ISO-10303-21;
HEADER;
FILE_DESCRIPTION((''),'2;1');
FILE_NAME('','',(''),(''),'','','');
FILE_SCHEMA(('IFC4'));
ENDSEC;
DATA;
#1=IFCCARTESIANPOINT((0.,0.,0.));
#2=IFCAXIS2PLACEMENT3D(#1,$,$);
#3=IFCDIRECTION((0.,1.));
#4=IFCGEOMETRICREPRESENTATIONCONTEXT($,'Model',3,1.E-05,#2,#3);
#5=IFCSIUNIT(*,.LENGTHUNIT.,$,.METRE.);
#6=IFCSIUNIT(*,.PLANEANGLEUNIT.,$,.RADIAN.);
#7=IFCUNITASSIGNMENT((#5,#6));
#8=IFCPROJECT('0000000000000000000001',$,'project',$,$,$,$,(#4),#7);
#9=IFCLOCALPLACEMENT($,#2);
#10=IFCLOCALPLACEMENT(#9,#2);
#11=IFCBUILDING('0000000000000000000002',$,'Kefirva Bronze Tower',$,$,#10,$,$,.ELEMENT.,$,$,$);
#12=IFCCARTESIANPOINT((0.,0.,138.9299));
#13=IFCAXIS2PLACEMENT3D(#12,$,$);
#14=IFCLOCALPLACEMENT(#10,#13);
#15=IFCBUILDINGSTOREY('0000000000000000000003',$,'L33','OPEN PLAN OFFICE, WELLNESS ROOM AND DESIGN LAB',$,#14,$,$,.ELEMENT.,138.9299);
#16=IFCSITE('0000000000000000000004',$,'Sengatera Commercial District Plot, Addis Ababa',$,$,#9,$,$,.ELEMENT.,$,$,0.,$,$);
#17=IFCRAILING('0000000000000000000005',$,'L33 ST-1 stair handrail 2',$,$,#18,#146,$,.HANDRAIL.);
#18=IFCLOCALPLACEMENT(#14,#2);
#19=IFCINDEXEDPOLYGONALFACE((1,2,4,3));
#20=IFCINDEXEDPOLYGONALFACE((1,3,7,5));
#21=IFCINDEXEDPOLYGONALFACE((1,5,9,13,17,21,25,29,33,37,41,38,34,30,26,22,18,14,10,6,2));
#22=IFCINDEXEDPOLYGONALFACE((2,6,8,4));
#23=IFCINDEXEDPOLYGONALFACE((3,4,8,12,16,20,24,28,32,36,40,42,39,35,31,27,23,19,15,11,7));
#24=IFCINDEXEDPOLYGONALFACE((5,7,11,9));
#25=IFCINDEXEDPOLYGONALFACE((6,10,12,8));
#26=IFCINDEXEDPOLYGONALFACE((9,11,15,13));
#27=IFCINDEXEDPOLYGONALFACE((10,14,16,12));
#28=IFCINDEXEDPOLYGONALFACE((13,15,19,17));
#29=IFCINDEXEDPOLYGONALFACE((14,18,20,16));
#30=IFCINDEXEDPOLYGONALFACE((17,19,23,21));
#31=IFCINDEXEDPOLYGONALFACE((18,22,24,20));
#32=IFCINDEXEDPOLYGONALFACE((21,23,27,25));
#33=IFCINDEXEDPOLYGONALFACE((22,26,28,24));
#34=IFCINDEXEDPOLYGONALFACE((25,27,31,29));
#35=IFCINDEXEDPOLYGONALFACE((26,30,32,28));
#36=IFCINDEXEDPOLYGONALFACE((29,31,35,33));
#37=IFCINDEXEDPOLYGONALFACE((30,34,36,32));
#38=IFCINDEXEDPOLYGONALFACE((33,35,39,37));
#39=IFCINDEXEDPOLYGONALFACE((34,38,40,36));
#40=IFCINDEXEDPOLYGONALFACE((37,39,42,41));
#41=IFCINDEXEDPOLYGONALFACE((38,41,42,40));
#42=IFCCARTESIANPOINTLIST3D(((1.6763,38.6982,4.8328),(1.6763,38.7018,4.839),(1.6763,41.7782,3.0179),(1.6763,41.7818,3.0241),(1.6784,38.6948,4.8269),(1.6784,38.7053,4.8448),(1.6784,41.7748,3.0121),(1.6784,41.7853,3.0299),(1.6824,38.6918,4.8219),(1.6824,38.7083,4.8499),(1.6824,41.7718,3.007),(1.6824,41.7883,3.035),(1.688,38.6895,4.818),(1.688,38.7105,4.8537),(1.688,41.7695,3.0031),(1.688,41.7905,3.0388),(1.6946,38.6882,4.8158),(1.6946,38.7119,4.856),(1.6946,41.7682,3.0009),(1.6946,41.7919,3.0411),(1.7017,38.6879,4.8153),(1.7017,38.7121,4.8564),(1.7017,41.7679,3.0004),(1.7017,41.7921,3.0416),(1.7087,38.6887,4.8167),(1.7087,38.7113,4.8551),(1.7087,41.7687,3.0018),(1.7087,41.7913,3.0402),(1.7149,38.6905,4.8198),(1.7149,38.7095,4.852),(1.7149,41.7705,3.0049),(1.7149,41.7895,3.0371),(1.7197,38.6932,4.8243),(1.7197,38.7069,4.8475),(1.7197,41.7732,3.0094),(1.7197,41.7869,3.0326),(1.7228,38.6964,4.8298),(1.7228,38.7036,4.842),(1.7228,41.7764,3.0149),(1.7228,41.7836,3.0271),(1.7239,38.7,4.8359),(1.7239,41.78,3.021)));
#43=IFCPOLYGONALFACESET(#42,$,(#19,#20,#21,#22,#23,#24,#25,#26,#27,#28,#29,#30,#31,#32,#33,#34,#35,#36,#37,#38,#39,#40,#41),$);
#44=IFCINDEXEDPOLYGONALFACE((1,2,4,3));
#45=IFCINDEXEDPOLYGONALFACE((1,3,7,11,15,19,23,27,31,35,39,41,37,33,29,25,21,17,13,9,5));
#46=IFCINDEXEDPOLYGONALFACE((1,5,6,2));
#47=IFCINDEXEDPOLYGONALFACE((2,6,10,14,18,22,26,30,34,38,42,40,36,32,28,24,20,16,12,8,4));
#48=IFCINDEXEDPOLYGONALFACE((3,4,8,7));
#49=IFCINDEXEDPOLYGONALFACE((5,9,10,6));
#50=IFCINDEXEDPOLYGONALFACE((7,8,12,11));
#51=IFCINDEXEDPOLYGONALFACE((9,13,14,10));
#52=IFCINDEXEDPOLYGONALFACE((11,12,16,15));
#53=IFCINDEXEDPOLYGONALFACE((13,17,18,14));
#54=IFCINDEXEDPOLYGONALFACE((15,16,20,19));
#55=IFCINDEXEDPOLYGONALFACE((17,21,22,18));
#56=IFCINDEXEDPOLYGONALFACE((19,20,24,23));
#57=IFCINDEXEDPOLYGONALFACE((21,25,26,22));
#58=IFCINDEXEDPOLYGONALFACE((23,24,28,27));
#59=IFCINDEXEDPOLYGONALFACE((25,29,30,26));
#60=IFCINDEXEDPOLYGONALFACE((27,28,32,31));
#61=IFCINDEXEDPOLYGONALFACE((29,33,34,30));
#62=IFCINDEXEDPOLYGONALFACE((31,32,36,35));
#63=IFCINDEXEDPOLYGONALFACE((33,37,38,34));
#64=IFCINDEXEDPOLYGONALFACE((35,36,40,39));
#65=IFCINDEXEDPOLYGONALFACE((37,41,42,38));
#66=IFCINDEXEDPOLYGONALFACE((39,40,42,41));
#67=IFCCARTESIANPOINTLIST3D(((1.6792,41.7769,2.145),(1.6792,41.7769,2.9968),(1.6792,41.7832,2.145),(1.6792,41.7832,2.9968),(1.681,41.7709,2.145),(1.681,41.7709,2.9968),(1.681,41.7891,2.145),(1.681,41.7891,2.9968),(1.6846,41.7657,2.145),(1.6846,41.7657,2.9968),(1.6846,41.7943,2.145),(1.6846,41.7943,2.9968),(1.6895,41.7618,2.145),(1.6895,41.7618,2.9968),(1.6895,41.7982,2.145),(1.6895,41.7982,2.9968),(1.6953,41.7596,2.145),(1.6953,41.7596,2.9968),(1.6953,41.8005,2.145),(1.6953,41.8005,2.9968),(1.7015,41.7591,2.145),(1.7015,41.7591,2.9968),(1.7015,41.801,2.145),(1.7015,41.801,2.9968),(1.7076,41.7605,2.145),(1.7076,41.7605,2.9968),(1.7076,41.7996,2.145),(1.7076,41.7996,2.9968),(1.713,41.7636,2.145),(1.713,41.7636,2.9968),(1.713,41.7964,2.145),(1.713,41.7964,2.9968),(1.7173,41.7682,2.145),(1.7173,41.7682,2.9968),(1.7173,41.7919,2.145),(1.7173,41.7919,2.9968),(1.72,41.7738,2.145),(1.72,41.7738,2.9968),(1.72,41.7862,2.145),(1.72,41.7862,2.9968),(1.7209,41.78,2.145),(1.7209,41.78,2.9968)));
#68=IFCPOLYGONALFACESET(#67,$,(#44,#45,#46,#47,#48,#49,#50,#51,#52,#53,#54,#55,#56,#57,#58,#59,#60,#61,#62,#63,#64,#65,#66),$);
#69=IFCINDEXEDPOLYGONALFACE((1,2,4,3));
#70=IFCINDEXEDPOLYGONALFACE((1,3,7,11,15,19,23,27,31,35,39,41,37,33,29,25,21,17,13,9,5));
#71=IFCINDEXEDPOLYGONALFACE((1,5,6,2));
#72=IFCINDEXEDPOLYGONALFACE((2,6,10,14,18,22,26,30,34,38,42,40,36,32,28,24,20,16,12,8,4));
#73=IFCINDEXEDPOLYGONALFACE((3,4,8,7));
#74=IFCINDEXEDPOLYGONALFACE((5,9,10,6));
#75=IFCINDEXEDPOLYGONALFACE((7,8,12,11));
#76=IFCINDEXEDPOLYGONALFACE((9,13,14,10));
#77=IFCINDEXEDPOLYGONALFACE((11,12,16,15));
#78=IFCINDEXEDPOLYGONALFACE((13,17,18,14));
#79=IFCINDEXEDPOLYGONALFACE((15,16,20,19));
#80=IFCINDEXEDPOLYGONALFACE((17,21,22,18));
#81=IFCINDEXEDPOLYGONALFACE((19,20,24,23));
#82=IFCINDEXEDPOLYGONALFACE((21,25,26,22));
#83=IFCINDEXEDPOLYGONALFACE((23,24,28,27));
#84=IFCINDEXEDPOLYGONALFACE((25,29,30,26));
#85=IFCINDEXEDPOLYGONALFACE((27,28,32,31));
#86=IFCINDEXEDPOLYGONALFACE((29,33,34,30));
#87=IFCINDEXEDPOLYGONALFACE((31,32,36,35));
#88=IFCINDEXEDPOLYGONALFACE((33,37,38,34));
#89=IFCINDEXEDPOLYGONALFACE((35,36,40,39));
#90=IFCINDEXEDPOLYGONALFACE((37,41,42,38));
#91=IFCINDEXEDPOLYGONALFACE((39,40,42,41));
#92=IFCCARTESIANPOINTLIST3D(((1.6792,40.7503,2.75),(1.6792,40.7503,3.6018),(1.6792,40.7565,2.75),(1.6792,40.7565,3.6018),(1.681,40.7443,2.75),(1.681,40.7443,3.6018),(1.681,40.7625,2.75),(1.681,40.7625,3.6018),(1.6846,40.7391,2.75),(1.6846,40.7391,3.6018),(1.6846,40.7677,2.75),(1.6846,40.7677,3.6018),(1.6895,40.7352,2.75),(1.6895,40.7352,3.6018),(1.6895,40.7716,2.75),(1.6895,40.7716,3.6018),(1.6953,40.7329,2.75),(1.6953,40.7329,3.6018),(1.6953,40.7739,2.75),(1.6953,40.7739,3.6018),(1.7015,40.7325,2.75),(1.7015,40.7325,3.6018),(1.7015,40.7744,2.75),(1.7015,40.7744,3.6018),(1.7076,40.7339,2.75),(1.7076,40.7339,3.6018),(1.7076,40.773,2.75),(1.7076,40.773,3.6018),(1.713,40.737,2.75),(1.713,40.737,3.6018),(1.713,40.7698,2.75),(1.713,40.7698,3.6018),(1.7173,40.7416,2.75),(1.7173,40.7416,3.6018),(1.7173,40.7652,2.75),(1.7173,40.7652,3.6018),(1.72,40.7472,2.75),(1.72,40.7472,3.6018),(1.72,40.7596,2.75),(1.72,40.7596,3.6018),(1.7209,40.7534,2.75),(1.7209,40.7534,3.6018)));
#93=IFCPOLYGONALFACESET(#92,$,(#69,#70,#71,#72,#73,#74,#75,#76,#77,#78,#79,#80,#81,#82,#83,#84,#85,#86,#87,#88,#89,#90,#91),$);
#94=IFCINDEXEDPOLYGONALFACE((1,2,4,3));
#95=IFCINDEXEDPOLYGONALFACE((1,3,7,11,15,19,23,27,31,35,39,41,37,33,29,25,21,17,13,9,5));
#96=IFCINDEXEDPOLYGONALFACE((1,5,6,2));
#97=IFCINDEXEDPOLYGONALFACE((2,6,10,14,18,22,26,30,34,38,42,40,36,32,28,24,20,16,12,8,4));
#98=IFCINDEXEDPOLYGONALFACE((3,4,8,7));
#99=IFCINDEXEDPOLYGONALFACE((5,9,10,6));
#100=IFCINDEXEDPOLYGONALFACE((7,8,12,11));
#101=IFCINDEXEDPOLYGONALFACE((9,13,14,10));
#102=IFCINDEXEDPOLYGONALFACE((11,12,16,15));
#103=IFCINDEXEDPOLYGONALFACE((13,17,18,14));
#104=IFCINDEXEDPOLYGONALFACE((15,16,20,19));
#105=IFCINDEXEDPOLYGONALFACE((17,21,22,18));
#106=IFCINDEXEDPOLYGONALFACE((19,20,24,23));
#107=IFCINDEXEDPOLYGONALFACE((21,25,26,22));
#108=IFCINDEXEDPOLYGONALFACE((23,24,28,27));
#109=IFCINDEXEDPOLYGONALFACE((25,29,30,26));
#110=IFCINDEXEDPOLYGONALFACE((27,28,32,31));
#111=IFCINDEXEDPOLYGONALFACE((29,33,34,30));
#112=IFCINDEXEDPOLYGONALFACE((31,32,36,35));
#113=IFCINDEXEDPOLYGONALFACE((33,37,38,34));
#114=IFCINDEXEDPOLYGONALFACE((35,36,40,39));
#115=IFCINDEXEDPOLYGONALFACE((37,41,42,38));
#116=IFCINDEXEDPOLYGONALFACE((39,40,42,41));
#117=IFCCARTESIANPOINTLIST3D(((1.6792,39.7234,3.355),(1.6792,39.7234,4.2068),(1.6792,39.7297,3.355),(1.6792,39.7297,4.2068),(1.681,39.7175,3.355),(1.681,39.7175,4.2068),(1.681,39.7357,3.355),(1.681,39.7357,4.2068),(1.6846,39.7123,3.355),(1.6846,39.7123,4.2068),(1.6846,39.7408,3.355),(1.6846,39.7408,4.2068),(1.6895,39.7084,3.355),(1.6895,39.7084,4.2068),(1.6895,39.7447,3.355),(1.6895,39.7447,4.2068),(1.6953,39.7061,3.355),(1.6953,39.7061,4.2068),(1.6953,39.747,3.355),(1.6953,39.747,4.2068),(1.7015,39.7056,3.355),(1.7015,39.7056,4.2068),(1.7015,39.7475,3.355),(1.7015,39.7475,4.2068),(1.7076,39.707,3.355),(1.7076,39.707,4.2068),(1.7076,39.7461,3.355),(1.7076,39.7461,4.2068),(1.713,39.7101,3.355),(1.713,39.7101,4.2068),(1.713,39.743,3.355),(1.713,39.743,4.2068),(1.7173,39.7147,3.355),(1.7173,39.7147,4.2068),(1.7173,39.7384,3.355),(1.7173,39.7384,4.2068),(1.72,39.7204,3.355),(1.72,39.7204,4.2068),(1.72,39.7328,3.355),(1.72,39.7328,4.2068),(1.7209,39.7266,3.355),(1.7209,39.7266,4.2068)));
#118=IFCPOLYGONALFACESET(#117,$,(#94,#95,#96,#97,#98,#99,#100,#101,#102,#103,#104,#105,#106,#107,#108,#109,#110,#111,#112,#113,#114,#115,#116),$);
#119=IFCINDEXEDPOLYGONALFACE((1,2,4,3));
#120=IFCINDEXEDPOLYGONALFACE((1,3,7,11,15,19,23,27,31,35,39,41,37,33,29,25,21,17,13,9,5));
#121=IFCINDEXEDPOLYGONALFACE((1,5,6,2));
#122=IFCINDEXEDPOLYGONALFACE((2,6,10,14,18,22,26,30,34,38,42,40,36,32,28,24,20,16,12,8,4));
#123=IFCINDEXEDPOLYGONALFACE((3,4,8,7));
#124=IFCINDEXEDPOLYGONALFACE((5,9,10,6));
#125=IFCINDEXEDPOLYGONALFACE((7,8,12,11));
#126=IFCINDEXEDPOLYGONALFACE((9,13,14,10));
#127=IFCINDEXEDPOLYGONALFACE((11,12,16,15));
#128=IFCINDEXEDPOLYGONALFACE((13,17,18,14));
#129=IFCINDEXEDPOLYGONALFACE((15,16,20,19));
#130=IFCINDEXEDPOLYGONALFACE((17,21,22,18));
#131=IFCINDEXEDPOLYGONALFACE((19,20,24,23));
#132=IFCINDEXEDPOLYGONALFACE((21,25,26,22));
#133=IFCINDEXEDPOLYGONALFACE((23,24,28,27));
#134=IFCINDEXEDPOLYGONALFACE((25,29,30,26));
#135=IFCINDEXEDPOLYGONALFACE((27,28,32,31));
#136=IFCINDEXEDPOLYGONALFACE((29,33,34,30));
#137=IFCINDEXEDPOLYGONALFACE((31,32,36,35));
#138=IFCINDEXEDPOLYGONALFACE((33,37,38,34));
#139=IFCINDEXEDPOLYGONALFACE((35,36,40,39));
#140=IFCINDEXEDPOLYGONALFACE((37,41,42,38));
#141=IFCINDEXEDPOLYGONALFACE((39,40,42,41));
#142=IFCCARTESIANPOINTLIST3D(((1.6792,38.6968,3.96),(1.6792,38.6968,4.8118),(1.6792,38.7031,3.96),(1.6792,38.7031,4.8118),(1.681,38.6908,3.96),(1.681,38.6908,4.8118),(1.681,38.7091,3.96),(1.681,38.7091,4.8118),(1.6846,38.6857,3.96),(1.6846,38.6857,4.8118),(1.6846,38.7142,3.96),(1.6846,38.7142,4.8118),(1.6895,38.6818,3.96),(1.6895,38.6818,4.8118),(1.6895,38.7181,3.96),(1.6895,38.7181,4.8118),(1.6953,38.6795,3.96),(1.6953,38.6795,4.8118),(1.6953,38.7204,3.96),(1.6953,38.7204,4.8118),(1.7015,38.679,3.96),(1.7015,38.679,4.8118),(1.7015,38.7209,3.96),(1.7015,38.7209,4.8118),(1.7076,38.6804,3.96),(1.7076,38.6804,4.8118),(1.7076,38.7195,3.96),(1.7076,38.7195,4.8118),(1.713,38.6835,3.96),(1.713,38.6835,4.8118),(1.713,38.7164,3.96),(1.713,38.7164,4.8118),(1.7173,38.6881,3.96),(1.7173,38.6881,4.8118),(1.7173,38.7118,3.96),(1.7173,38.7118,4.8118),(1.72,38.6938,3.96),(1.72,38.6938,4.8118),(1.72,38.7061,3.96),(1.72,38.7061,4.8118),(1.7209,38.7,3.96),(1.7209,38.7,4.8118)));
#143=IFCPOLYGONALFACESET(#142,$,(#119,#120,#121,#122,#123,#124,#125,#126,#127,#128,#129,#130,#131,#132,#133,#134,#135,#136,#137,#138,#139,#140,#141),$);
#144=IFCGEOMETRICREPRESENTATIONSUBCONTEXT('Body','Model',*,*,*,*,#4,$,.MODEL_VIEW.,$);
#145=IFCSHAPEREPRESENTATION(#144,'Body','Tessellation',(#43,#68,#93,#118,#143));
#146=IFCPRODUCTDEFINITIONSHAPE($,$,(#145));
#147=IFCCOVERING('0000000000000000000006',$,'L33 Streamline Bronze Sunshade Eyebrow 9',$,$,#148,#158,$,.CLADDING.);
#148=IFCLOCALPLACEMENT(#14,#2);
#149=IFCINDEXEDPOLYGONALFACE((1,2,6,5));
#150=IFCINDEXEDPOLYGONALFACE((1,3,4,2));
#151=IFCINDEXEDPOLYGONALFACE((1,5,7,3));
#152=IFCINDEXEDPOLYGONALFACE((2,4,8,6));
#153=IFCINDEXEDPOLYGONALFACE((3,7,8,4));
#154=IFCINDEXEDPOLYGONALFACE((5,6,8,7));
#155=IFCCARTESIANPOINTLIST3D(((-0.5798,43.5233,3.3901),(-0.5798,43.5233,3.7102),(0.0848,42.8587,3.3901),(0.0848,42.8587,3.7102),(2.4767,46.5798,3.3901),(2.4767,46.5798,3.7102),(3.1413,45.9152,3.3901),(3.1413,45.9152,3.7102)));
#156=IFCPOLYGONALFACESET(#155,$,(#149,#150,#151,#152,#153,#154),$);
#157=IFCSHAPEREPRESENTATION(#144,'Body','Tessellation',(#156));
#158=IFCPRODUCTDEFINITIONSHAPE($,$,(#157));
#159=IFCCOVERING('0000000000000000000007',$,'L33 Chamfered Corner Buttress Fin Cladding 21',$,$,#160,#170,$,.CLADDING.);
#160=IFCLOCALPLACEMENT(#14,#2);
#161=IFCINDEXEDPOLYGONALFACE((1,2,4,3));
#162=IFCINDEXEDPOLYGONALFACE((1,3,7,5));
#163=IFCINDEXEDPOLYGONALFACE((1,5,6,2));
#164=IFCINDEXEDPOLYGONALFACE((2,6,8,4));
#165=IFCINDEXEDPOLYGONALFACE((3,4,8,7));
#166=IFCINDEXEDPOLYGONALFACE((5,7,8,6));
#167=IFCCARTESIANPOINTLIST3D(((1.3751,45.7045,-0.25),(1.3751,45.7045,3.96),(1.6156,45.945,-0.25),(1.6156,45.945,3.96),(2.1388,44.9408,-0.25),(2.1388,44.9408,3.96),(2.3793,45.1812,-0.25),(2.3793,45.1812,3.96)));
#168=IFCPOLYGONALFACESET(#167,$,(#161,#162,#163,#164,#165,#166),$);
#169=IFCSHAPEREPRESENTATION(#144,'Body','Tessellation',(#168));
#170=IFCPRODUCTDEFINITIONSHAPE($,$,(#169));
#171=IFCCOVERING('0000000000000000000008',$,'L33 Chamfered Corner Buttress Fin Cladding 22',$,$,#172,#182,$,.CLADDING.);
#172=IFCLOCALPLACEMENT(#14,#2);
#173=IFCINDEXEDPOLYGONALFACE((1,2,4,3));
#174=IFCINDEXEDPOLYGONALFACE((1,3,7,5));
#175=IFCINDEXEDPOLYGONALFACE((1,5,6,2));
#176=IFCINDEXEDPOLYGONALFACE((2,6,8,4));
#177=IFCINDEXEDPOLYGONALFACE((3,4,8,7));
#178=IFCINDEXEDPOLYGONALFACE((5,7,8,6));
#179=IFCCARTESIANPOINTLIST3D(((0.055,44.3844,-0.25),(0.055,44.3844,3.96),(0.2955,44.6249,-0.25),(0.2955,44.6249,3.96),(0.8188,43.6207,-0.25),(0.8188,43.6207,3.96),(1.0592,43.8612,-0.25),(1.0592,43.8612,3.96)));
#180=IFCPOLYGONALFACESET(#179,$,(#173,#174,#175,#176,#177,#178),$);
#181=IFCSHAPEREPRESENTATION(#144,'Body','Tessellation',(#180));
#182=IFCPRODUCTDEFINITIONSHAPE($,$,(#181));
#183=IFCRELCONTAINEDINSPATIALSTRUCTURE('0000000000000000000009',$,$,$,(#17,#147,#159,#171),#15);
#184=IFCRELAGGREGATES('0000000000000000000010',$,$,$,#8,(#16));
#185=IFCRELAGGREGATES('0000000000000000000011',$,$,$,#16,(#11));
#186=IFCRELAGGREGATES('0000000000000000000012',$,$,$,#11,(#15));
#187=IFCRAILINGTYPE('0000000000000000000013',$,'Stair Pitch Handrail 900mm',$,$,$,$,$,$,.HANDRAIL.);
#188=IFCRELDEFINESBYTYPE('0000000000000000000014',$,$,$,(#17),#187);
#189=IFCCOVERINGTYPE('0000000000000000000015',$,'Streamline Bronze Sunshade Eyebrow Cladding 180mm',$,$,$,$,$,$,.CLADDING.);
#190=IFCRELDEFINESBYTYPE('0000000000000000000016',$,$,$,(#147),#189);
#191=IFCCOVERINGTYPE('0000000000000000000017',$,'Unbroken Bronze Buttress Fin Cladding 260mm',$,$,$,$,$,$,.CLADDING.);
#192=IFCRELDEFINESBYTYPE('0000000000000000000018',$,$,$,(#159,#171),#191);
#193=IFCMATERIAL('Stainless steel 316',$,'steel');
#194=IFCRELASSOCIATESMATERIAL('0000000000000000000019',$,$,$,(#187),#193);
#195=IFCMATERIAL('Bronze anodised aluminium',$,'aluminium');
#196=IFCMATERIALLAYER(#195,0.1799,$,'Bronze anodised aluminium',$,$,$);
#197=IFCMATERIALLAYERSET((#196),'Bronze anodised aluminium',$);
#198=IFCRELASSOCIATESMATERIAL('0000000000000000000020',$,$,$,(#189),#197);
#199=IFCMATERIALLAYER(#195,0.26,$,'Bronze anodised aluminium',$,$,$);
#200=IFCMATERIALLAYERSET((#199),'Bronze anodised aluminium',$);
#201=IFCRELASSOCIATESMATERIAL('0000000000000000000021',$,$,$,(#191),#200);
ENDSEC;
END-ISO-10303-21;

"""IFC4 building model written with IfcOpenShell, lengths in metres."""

from ifc_helpers import new_model, si_unit, direction, frame, origin, origin_2d, place, context, subcontext, project, spatial, rectangle, circle, extrude, material, layer, layer_set, type_object, element, save


model = new_model("IFC4")

# Units and contexts
model_context = context("Model", 3, precision=1e-05, world=origin(), true_north=direction((0.0, 1.0)))
body_context = subcontext(model_context, "Body", "Model", "MODEL_VIEW")
ifc_project = project(units=[si_unit("LENGTHUNIT", "METRE"), si_unit("PLANEANGLEUNIT", "RADIAN")], contexts=[model_context])

# Site, building, storey
site_placement = place(None, origin())
site = spatial("IfcSite", under=ifc_project, at=site_placement, Name="Sengatera Commercial District Plot, Addis Ababa", CompositionType="ELEMENT", RefElevation=0.0)
building_placement = place(site_placement, origin())
building = spatial("IfcBuilding", under=site, at=building_placement, Name="Kefirva Bronze Tower", CompositionType="ELEMENT")
storey_placement = place(building_placement, frame((0.0, 0.0, 138.9299)))
storey = spatial("IfcBuildingStorey", under=building, at=storey_placement, Name="L33", Description="OPEN PLAN OFFICE, WELLNESS ROOM AND DESIGN LAB", CompositionType="ELEMENT", Elevation=138.9299)

# Shared definitions
ifc_material_1 = material(Name="Bronze anodised aluminium", Category="aluminium")

# Railing
ifc_material_2 = material(Name="Stainless steel 316", Category="steel")
railing_type_1 = type_object("IfcRailingType", Name="Stair Pitch Handrail 900mm", PredefinedType="HANDRAIL", material=ifc_material_2)
railing_1_placement = place(storey_placement, frame((1.7, 41.78, 2.145)))
element("IfcRailing", 1, at=railing_1_placement, inside=storey, type_object=railing_type_1, Name="L33 ST-1 stair handrail 2", PredefinedType="HANDRAIL", context=body_context, shape_type="SweptSolid", body=[
    extrude(circle(Radius=0.0239, at=origin_2d()), frame((0.0, 0.0, 0.876), z_axis=(0.0, -0.861551, 0.507671), x_axis=(1.0, 0.0, 0.0)), (0.0, 0.0, 1.0), 3.575),
    extrude(circle(Radius=0.021, at=origin_2d()), origin(), (0.0, 0.0, 1.0), 0.8518),
    extrude(circle(Radius=0.021, at=origin_2d()), frame((0.0, -1.0266, 0.605)), (0.0, 0.0, 1.0), 0.8518),
    extrude(circle(Radius=0.021, at=origin_2d()), frame((0.0, -2.0535, 1.21)), (0.0, 0.0, 1.0), 0.8518),
    extrude(circle(Radius=0.021, at=origin_2d()), frame((0.0, -3.0801, 1.8149)), (0.0, 0.0, 1.0), 0.8518),
])

# Coverings
ifc_layer_1 = layer(ifc_material_1, 0.1799, Name="Bronze anodised aluminium")
ifc_layer_set_1 = layer_set([ifc_layer_1], Name="Bronze anodised aluminium")
covering_type_1 = type_object("IfcCoveringType", Name="Streamline Bronze Sunshade Eyebrow Cladding 180mm", PredefinedType="CLADDING", material=ifc_layer_set_1)
covering_1_placement = place(storey_placement, frame((1.2808, 44.7192, 3.3901), z_axis=(0.0, 0.0, 1.0), x_axis=(-0.707107, -0.707107, 0.0)))
element("IfcCovering", 2, at=covering_1_placement, inside=storey, type_object=covering_type_1, Name="L33 Streamline Bronze Sunshade Eyebrow 9", PredefinedType="CLADDING", context=body_context, shape_type="SweptSolid", body=[
    extrude(rectangle(XDim=4.3225, YDim=0.9399, at=origin_2d()), origin(), (0.0, 0.0, 1.0), 0.3201),
])
ifc_layer_2 = layer(ifc_material_1, 0.26, Name="Bronze anodised aluminium")
ifc_layer_set_2 = layer_set([ifc_layer_2], Name="Bronze anodised aluminium")
covering_type_2 = type_object("IfcCoveringType", Name="Unbroken Bronze Buttress Fin Cladding 260mm", PredefinedType="CLADDING", material=ifc_layer_set_2)
for number, where, z_axis, x_axis, name in (
    (3, (1.8772, 45.4429, -0.25), (0.0, 0.0, 1.0), (-0.707107, -0.707107, 0.0), "L33 Chamfered Corner Buttress Fin Cladding 21"),
    (4, (0.5571, 44.1228, -0.25), (0.0, 0.0, 1.0), (-0.707107, -0.707107, 0.0), "L33 Chamfered Corner Buttress Fin Cladding 22"),
):
    element("IfcCovering", number, at=place(storey_placement, frame(where, z_axis=z_axis, x_axis=x_axis)), inside=storey, type_object=covering_type_2, Name=name, PredefinedType="CLADDING", context=body_context, shape_type="SweptSolid", body=[
        extrude(rectangle(XDim=0.3401, YDim=1.0801, at=origin_2d()), origin(), (0.0, 0.0, 1.0), 4.21),
    ])

save(model, "model.ifc")
